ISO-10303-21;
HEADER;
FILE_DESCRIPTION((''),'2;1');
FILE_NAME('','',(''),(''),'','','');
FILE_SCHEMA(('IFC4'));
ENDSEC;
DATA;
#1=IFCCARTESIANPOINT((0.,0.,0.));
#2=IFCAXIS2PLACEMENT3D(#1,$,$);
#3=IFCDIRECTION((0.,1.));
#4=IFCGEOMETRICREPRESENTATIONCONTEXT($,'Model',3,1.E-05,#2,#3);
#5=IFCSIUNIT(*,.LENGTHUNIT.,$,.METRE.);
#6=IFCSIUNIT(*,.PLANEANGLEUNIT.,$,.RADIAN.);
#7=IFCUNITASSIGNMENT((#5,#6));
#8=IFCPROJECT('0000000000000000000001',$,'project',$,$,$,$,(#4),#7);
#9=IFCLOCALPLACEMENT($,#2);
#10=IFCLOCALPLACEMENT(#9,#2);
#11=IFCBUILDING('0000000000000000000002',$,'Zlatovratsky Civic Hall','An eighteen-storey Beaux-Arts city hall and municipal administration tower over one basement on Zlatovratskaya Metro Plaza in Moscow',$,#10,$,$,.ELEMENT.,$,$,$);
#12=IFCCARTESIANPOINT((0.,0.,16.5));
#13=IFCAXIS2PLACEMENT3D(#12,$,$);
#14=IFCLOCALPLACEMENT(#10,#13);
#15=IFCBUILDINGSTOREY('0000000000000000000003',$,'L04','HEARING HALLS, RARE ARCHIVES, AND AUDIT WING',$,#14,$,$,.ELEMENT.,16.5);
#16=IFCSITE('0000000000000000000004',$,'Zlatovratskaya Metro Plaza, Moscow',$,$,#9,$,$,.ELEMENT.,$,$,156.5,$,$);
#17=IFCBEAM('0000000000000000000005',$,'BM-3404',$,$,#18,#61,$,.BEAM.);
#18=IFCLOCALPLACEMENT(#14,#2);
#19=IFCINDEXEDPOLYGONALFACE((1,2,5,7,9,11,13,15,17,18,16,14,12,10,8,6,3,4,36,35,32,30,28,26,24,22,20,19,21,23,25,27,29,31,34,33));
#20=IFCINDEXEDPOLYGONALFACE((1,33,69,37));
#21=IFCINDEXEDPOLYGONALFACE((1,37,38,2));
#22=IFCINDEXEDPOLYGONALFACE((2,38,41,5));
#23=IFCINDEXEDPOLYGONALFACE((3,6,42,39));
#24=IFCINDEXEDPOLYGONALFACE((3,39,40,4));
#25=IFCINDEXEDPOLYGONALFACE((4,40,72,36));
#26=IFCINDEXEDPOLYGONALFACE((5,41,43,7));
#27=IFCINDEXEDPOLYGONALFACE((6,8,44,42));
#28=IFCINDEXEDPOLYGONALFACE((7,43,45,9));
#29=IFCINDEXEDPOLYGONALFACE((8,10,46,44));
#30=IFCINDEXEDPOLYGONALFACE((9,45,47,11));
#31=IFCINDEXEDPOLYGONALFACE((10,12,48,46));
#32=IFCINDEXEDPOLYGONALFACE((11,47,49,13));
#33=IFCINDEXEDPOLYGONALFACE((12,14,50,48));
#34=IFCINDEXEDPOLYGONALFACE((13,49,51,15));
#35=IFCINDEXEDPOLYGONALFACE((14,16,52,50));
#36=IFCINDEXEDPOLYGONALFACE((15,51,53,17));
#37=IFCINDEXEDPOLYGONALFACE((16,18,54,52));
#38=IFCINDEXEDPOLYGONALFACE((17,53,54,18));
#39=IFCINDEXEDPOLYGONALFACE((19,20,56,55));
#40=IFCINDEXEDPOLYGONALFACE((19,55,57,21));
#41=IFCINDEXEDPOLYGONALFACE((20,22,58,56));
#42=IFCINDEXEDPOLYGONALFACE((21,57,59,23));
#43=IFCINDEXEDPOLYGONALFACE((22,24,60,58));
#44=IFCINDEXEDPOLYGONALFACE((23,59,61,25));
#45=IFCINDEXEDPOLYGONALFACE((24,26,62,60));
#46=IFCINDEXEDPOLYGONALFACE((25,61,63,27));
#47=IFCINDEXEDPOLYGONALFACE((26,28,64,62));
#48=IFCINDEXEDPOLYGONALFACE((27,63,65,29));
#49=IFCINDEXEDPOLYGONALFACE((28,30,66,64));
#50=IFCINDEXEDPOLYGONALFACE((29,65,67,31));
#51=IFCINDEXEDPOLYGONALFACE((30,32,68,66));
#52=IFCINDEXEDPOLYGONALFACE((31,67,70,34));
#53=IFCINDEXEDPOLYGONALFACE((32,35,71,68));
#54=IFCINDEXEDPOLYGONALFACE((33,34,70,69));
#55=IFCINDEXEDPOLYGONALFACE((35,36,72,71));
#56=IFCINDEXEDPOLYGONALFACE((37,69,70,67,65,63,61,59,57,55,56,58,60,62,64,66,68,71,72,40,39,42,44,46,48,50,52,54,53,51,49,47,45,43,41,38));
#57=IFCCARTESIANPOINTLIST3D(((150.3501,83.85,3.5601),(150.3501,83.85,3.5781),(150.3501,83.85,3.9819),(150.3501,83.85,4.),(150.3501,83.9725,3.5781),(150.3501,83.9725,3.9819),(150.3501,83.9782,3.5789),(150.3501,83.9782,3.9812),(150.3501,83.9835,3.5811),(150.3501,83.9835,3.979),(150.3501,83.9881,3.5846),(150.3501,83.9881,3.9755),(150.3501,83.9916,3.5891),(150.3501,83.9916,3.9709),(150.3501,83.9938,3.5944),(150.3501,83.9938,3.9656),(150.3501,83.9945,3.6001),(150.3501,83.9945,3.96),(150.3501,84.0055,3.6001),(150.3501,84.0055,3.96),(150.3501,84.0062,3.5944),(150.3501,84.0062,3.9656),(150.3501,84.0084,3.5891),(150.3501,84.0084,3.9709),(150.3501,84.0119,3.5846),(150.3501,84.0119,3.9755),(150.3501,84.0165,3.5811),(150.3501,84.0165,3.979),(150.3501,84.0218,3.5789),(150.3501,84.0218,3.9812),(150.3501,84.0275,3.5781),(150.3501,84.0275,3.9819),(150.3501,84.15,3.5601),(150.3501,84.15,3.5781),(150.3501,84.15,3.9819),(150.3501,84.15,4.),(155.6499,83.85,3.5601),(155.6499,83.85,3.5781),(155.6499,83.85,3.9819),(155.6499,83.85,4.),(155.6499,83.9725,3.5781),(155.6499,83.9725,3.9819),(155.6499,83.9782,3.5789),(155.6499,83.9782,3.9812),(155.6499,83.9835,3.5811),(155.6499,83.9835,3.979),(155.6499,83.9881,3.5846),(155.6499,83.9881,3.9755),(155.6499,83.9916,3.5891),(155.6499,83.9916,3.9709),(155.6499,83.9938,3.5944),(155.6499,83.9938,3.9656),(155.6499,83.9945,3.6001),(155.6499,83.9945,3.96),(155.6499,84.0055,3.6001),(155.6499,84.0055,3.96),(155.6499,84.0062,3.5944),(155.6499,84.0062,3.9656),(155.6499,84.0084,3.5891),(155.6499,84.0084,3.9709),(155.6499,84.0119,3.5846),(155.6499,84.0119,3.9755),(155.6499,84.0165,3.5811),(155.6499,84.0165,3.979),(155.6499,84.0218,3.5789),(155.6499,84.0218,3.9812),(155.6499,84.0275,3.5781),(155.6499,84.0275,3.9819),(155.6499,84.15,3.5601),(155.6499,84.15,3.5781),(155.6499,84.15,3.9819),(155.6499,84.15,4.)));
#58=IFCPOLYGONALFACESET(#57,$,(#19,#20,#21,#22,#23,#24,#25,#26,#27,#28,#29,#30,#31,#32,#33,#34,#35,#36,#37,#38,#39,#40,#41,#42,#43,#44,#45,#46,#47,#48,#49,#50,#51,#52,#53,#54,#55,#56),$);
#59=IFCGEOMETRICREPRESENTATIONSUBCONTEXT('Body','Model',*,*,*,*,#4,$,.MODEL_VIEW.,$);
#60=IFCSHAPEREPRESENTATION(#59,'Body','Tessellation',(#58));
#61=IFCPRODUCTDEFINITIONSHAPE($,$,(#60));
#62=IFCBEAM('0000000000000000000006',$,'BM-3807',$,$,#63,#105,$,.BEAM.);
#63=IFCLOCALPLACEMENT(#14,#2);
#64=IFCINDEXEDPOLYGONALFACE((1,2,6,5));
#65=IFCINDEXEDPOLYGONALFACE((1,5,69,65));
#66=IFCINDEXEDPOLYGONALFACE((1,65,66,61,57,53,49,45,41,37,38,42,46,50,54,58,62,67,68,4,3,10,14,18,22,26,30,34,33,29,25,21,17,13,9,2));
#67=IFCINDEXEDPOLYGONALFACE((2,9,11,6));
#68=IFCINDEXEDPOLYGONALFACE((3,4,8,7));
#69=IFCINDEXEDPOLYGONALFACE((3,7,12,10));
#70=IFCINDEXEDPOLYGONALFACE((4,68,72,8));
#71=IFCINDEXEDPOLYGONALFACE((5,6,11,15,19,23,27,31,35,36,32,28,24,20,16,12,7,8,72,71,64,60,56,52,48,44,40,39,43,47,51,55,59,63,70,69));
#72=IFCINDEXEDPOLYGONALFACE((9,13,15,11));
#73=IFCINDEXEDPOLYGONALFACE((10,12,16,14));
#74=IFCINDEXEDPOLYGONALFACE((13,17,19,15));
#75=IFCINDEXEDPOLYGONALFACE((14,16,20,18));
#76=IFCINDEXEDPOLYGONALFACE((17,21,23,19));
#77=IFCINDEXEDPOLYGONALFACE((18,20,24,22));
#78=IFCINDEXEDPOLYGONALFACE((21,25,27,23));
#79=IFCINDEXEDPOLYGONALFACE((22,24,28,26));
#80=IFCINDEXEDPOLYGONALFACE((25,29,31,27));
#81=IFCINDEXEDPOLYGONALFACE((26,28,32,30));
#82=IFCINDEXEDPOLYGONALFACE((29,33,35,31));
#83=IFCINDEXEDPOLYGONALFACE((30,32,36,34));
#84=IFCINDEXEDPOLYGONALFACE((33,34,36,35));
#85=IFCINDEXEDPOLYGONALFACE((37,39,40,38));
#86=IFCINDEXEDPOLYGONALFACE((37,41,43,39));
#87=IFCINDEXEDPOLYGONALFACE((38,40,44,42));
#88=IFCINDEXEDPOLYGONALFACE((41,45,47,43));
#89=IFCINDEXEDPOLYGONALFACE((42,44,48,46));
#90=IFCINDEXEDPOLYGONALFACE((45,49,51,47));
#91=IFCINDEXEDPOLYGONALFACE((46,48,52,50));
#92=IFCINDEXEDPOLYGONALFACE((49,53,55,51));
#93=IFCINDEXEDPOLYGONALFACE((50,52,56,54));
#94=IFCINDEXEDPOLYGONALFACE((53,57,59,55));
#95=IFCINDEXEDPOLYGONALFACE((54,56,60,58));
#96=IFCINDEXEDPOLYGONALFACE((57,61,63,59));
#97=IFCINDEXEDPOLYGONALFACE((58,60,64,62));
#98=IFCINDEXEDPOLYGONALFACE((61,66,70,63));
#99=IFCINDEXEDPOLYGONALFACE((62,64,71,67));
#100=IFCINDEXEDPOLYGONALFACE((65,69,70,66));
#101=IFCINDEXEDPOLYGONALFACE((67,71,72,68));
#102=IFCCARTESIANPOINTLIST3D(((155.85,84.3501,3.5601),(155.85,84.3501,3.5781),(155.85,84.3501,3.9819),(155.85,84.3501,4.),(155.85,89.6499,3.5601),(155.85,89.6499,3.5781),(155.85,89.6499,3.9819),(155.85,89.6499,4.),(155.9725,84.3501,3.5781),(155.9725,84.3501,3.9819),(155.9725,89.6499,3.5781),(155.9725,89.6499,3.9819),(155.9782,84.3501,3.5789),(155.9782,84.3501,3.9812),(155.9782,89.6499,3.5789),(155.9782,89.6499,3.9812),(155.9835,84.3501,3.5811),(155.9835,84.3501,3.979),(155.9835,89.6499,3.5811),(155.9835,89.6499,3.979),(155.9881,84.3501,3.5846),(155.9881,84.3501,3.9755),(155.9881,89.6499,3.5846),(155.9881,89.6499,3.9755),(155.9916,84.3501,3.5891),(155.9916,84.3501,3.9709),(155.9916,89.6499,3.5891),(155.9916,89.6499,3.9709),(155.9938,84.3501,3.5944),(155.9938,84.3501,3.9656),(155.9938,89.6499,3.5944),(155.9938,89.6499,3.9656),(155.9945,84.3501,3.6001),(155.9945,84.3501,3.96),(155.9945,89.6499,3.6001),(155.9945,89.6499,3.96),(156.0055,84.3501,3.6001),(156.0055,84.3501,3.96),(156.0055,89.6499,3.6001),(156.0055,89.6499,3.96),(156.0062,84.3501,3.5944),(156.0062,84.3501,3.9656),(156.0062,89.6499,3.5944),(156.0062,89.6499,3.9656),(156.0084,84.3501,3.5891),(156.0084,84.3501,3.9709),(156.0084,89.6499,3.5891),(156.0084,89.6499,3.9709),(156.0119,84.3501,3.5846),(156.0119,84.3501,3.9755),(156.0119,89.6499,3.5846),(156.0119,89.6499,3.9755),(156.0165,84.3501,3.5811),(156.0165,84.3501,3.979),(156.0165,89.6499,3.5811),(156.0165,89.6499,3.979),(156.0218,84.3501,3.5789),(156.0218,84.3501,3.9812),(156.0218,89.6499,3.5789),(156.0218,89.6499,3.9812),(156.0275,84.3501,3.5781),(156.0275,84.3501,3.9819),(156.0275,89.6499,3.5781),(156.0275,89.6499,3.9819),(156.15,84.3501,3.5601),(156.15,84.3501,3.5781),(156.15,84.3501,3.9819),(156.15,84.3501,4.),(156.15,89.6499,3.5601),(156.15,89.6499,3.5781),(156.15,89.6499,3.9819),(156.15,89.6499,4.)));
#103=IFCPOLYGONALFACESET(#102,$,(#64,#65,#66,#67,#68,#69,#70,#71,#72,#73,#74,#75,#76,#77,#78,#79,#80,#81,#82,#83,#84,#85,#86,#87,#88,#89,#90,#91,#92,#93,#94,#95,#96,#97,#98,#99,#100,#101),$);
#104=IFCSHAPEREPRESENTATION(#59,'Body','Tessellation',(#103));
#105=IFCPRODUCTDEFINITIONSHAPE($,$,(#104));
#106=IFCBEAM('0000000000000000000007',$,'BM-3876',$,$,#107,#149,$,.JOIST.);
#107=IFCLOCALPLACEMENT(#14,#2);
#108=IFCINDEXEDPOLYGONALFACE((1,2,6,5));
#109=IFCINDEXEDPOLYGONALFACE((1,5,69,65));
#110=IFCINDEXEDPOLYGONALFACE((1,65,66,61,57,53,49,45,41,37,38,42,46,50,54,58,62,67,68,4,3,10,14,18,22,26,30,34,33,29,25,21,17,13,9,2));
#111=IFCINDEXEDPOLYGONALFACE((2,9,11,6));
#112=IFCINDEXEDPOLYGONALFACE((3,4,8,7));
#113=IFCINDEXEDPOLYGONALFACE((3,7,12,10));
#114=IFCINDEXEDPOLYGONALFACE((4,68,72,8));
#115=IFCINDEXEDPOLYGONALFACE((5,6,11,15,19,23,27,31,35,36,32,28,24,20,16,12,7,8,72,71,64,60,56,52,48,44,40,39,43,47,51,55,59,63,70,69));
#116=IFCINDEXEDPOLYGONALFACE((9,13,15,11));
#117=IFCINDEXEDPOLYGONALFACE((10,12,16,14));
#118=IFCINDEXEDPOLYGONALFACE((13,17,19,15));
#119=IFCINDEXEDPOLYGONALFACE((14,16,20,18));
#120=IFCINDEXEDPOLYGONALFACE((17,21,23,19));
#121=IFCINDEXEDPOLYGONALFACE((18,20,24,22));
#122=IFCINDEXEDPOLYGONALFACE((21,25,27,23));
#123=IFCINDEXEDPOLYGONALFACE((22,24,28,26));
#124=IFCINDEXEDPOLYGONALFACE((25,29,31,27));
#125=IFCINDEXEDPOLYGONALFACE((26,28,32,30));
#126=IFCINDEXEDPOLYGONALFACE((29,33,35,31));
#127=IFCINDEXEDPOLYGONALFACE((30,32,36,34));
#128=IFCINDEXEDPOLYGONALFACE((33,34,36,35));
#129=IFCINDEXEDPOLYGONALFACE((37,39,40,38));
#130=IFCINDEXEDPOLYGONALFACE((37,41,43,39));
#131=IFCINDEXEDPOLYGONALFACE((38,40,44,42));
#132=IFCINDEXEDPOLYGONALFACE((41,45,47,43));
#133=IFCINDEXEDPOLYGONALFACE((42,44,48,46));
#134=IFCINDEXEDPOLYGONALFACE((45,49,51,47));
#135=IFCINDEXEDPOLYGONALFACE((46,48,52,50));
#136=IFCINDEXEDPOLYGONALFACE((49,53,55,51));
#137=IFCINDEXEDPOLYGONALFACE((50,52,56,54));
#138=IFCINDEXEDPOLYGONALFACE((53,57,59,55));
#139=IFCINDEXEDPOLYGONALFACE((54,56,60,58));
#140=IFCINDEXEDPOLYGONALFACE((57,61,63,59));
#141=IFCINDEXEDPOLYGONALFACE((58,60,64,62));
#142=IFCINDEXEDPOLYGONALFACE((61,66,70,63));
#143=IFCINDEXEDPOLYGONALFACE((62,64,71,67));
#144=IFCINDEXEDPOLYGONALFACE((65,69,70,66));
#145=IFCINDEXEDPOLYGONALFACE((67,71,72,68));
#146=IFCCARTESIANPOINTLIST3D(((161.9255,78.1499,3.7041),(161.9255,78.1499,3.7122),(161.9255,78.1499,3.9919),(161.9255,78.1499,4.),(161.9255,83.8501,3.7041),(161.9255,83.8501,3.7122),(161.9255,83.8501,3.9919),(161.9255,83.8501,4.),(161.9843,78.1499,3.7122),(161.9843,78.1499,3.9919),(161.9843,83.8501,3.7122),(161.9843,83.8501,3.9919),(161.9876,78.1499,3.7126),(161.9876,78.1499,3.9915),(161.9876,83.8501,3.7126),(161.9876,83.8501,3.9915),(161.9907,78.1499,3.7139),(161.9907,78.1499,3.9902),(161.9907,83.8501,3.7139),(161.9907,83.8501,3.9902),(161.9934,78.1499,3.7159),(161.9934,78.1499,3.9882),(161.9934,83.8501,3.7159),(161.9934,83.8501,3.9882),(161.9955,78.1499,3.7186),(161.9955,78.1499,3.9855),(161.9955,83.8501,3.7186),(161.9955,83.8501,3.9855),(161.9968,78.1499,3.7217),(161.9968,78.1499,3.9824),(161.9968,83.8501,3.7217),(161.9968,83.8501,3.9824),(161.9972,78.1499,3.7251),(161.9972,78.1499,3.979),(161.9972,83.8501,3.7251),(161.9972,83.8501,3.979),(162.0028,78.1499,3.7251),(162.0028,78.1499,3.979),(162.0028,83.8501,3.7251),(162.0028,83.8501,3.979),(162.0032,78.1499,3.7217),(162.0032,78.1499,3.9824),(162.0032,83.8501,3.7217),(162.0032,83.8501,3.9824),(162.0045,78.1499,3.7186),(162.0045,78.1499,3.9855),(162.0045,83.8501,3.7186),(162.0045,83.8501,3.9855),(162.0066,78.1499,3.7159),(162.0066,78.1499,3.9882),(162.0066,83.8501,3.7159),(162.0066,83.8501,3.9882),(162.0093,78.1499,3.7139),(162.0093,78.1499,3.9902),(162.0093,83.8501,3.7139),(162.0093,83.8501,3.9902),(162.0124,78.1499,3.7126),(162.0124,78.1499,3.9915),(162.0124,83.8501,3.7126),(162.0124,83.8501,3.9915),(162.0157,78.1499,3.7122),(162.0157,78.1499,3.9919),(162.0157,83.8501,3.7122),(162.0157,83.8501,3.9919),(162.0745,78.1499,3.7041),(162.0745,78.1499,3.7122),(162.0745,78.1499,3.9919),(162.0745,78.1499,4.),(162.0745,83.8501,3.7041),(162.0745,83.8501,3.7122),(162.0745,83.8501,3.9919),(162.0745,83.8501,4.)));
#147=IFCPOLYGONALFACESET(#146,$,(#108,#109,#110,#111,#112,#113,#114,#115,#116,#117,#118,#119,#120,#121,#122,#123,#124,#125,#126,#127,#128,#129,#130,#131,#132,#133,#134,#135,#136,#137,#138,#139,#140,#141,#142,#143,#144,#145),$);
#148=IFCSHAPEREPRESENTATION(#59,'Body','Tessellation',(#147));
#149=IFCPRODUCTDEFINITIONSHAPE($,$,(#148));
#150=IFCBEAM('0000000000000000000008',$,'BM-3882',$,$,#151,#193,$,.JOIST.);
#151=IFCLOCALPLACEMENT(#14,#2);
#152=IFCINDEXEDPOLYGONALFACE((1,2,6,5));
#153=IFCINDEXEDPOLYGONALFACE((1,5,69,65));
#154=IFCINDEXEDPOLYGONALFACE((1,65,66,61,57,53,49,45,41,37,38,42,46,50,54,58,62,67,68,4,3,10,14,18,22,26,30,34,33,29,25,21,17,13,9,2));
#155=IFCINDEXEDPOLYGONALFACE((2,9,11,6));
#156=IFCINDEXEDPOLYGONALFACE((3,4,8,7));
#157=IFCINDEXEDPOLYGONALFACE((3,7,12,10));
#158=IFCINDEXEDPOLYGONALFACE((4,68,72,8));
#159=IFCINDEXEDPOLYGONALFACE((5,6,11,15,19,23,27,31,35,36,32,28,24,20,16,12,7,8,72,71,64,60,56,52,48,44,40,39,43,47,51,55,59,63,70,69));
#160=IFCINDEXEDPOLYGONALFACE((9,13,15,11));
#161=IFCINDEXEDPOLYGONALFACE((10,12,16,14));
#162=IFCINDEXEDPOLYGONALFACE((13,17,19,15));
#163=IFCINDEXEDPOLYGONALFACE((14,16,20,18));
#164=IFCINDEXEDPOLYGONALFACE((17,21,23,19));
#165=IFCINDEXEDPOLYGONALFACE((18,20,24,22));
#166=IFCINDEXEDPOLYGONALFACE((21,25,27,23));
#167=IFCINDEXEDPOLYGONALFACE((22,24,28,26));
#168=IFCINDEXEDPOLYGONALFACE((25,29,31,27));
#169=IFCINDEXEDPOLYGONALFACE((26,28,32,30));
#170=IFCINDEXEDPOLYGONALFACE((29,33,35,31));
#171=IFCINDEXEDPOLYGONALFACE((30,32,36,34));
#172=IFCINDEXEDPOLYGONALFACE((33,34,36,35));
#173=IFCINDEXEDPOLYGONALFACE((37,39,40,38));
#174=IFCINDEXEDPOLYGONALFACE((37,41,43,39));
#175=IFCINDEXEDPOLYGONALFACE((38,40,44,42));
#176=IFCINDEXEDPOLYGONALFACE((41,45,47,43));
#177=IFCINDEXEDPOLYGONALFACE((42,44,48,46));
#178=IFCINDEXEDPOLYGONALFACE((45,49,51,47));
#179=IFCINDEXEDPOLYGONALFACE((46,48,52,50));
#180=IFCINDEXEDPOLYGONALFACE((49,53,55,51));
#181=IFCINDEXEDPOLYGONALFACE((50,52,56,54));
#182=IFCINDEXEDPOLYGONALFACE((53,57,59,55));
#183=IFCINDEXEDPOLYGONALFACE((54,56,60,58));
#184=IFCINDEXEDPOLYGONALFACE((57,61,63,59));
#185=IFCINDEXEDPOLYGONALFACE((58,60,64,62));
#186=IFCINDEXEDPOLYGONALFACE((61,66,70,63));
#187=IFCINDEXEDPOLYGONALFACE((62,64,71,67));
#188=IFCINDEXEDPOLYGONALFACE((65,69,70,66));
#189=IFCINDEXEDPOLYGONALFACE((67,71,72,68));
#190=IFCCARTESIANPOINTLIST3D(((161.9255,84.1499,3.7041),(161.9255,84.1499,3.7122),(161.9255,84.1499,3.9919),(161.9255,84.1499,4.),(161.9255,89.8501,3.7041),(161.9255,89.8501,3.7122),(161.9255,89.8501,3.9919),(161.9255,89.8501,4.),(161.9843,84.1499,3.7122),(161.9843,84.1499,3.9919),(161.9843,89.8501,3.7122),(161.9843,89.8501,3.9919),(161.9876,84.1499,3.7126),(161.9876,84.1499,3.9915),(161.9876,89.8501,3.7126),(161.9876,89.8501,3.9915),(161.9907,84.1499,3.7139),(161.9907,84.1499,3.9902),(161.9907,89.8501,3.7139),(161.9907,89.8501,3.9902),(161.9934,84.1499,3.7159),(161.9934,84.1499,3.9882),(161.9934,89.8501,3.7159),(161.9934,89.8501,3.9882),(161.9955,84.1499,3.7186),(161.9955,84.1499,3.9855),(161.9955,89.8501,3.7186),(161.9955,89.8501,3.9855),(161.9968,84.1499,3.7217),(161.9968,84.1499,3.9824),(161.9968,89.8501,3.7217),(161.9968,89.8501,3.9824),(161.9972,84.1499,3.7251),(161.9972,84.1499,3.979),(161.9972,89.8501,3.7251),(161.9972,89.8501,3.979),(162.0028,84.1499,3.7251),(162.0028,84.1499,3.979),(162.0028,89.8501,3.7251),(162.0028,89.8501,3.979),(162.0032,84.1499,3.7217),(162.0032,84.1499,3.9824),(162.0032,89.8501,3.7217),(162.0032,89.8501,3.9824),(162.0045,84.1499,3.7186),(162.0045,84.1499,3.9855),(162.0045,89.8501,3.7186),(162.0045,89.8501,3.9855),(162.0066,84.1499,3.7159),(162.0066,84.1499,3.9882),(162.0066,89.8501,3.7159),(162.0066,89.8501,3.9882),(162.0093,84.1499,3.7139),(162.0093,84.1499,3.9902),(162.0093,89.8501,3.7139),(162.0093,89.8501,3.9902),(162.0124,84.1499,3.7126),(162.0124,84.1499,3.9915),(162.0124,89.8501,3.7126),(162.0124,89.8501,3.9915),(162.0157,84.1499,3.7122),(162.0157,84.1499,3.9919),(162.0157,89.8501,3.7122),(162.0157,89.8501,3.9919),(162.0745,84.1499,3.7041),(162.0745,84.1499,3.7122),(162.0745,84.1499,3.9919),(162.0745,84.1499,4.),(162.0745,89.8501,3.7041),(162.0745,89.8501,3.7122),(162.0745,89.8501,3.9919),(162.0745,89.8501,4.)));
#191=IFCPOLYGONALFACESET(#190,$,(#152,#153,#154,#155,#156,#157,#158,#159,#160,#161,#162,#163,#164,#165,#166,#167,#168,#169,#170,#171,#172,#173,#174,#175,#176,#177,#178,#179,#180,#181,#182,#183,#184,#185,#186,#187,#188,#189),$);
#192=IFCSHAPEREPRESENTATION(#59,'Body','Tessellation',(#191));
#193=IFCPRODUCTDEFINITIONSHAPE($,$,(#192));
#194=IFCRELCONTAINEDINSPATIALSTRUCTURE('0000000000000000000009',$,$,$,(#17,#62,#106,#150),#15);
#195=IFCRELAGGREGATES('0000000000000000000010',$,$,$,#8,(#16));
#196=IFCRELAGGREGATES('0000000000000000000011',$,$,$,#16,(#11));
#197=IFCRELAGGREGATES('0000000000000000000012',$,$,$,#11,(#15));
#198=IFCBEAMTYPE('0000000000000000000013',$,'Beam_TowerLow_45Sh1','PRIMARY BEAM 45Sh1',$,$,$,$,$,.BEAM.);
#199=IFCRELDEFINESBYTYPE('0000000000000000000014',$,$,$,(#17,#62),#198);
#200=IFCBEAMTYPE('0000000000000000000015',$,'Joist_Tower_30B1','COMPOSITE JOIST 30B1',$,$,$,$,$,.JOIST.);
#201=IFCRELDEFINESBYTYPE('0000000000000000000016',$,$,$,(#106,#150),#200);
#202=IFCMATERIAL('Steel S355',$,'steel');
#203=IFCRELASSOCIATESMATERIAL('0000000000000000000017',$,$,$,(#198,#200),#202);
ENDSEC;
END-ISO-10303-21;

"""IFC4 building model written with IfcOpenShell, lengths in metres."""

from ifc_helpers import new_model, si_unit, direction, frame, origin, origin_2d, place, context, subcontext, project, spatial, i_section, extrude, material, material_profile, profile_set, type_object, element, save


model = new_model("IFC4")

# Units and contexts
model_context = context("Model", 3, precision=1e-05, world=origin(), true_north=direction((0.0, 1.0)))
body_context = subcontext(model_context, "Body", "Model", "MODEL_VIEW")
ifc_project = project(units=[si_unit("LENGTHUNIT", "METRE"), si_unit("PLANEANGLEUNIT", "RADIAN")], contexts=[model_context])

# Site, building, storey
site_placement = place(None, origin())
site = spatial("IfcSite", under=ifc_project, at=site_placement, Name="Zlatovratskaya Metro Plaza, Moscow", CompositionType="ELEMENT", RefElevation=156.5)
building_placement = place(site_placement, origin())
building = spatial("IfcBuilding", under=site, at=building_placement, Name="Zlatovratsky Civic Hall", Description="An eighteen-storey Beaux-Arts city hall and municipal administration tower over one basement on Zlatovratskaya Metro Plaza in Moscow", CompositionType="ELEMENT")
storey_placement = place(building_placement, frame((0.0, 0.0, 16.5)))
storey = spatial("IfcBuildingStorey", under=building, at=storey_placement, Name="L04", Description="HEARING HALLS, RARE ARCHIVES, AND AUDIT WING", CompositionType="ELEMENT", Elevation=16.5)

# Beams
ifc_material_1 = material(Name="Steel S355", Category="steel")
ifc_material_profile_1 = material_profile(ifc_material_1, i_section(OverallWidth=0.3, OverallDepth=0.4399, WebThickness=0.011, FlangeThickness=0.0181, FilletRadius=0.022, at=origin_2d()), Name="45Sh1")
ifc_profile_set_1 = profile_set([ifc_material_profile_1], Name="Steel S355")
beam_type_1 = type_object("IfcBeamType", Name="Beam_TowerLow_45Sh1", Description="PRIMARY BEAM 45Sh1", PredefinedType="BEAM", material=ifc_profile_set_1)
for number, where, z_axis, x_axis, name in (
    (1, (150.3501, 84.0, 3.78), (1.0, 0.0, 0.0), (0.0, 1.0, 0.0), "BM-3404"),
    (2, (156.0, 84.3501, 3.78), (0.0, 1.0, 0.0), (-1.0, 0.0, 0.0), "BM-3807"),
):
    element("IfcBeam", number, at=place(storey_placement, frame(where, z_axis=z_axis, x_axis=x_axis)), inside=storey, type_object=beam_type_1, Name=name, PredefinedType="BEAM", context=body_context, shape_type="SweptSolid", body=[
        extrude(i_section(OverallWidth=0.3, OverallDepth=0.4399, WebThickness=0.011, FlangeThickness=0.0181, FilletRadius=0.022, at=origin_2d()), origin(), (0.0, 0.0, 1.0), 5.2998),
    ])
ifc_material_profile_2 = material_profile(ifc_material_1, i_section(OverallWidth=0.1489, OverallDepth=0.2959, WebThickness=0.0056, FlangeThickness=0.0081, FilletRadius=0.0129, at=origin_2d()), Name="30B1")
ifc_profile_set_2 = profile_set([ifc_material_profile_2], Name="Steel S355")
beam_type_2 = type_object("IfcBeamType", Name="Joist_Tower_30B1", Description="COMPOSITE JOIST 30B1", PredefinedType="JOIST", material=ifc_profile_set_2)
for number, where, z_axis, x_axis, name in (
    (3, (162.0, 78.1499, 3.8521), (0.0, 1.0, 0.0), (-1.0, 0.0, 0.0), "BM-3876"),
    (4, (162.0, 84.1499, 3.8521), (0.0, 1.0, 0.0), (-1.0, 0.0, 0.0), "BM-3882"),
):
    element("IfcBeam", number, at=place(storey_placement, frame(where, z_axis=z_axis, x_axis=x_axis)), inside=storey, type_object=beam_type_2, Name=name, PredefinedType="JOIST", context=body_context, shape_type="SweptSolid", body=[
        extrude(i_section(OverallWidth=0.1489, OverallDepth=0.2959, WebThickness=0.0056, FlangeThickness=0.0081, FilletRadius=0.0129, at=origin_2d()), origin(), (0.0, 0.0, 1.0), 5.7002),
    ])

save(model, "model.ifc")
